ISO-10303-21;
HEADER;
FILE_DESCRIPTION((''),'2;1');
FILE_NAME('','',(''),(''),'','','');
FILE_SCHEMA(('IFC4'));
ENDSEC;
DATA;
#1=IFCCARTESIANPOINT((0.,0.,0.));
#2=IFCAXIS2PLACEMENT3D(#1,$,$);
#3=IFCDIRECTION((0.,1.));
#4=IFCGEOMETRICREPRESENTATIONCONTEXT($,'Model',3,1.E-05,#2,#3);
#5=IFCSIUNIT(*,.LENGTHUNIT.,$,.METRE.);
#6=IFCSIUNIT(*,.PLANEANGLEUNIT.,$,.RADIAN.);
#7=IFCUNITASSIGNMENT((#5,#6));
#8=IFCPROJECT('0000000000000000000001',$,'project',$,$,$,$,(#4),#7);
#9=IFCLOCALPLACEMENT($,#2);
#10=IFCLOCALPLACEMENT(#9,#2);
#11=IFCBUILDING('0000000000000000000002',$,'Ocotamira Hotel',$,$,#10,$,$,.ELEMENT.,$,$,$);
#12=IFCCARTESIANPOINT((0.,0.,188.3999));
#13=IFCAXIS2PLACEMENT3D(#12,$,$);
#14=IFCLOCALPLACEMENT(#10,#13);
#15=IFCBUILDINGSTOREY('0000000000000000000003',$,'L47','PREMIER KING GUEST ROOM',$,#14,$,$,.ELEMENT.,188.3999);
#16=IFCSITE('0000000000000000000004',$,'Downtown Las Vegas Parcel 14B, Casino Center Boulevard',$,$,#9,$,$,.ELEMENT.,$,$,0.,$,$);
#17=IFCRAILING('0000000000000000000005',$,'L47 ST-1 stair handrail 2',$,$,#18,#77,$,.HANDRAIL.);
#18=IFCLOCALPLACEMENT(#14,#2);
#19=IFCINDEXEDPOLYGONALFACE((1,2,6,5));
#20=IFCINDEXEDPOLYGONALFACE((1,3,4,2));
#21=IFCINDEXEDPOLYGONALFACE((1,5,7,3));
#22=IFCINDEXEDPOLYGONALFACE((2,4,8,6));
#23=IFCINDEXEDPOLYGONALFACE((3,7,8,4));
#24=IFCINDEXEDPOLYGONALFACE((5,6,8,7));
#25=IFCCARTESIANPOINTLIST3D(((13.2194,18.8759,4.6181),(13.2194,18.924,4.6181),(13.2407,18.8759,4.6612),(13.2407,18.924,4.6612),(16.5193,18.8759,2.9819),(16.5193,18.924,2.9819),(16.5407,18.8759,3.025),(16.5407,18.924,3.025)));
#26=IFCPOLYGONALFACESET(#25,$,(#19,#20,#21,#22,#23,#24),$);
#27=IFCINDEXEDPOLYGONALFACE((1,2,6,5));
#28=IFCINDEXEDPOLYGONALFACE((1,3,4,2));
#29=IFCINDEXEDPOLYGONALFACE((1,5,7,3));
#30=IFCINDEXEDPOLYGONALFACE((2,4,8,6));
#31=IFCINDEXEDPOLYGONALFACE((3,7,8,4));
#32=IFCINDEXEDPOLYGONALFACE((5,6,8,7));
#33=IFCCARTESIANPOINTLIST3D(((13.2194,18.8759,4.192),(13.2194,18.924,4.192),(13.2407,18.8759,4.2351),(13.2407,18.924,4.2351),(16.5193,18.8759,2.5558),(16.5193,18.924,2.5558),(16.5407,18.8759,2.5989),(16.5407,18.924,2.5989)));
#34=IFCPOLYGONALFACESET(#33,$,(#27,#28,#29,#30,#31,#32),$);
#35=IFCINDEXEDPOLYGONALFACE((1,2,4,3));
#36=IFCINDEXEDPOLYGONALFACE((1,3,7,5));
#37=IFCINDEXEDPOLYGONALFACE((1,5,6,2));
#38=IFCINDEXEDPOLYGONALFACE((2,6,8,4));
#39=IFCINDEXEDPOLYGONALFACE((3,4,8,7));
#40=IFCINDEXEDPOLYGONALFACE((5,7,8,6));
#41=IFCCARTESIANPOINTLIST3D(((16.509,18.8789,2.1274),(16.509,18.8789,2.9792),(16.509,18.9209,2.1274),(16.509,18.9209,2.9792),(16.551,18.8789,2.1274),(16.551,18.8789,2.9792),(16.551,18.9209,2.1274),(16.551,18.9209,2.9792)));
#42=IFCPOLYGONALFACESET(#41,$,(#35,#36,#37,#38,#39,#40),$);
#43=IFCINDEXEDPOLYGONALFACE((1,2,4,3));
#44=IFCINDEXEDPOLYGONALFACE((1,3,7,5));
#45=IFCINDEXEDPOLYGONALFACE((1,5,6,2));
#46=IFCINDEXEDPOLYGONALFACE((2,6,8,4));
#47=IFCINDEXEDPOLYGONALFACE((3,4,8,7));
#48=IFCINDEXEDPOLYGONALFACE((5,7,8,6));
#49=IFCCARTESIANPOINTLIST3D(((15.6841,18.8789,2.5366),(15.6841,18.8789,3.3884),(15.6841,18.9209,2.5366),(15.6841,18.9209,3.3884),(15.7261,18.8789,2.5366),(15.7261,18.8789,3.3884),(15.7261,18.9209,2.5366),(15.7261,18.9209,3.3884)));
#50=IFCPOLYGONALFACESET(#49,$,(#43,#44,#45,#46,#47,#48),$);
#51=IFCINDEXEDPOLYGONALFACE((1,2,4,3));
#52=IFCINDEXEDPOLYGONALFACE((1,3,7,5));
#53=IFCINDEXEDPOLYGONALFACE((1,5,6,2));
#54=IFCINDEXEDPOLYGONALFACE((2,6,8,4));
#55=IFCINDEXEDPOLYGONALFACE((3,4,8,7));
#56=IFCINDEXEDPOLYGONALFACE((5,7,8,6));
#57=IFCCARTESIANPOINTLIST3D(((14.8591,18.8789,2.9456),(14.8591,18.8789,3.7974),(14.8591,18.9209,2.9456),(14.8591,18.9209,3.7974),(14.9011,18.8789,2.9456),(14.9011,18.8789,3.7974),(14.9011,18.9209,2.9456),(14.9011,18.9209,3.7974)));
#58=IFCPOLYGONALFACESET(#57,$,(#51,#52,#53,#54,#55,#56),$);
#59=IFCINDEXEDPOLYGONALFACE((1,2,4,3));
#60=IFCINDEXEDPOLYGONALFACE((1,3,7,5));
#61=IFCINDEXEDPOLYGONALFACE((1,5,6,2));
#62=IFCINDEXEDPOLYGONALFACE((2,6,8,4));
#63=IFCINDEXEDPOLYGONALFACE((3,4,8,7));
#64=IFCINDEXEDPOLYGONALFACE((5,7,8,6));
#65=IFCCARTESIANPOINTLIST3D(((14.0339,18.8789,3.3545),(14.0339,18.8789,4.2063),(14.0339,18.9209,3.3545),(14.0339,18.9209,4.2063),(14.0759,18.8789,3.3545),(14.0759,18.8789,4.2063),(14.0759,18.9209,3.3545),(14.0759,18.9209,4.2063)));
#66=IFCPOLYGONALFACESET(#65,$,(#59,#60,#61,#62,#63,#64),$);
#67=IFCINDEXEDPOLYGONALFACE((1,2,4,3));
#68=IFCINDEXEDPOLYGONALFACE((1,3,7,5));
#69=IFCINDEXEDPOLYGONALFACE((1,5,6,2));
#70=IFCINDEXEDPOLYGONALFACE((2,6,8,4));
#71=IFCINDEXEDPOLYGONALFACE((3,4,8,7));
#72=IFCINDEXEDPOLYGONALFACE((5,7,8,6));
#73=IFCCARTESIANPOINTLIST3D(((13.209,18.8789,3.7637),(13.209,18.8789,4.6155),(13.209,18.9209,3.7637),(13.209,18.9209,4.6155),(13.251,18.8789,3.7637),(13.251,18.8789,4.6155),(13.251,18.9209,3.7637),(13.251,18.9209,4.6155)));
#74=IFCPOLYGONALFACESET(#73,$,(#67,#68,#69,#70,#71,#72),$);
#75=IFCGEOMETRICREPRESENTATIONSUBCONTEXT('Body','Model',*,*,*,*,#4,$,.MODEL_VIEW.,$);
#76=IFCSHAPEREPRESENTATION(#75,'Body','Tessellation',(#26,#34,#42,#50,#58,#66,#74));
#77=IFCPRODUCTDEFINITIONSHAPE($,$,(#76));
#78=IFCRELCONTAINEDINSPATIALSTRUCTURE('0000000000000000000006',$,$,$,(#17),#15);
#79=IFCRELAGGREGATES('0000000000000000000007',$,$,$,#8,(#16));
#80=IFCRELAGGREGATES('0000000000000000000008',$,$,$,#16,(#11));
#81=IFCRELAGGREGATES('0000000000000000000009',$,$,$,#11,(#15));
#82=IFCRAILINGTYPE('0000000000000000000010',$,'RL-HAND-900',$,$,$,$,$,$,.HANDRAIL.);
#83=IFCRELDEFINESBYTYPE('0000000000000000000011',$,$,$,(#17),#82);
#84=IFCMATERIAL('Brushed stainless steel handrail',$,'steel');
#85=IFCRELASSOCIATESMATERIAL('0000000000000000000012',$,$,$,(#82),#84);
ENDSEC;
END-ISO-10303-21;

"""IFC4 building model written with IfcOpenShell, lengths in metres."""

from ifc_helpers import new_model, si_unit, direction, frame, origin, origin_2d, place, context, subcontext, project, spatial, rectangle, extrude, material, type_object, element, save


model = new_model("IFC4")

# Units and contexts
model_context = context("Model", 3, precision=1e-05, world=origin(), true_north=direction((0.0, 1.0)))
body_context = subcontext(model_context, "Body", "Model", "MODEL_VIEW")
ifc_project = project(units=[si_unit("LENGTHUNIT", "METRE"), si_unit("PLANEANGLEUNIT", "RADIAN")], contexts=[model_context])

# Site, building, storey
site_placement = place(None, origin())
site = spatial("IfcSite", under=ifc_project, at=site_placement, Name="Downtown Las Vegas Parcel 14B, Casino Center Boulevard", CompositionType="ELEMENT", RefElevation=0.0)
building_placement = place(site_placement, origin())
building = spatial("IfcBuilding", under=site, at=building_placement, Name="Ocotamira Hotel", CompositionType="ELEMENT")
storey_placement = place(building_placement, frame((0.0, 0.0, 188.3999)))
storey = spatial("IfcBuildingStorey", under=building, at=storey_placement, Name="L47", Description="PREMIER KING GUEST ROOM", CompositionType="ELEMENT", Elevation=188.3999)

# Railing
ifc_material_1 = material(Name="Brushed stainless steel handrail", Category="steel")
railing_type = type_object("IfcRailingType", Name="RL-HAND-900", PredefinedType="HANDRAIL", material=ifc_material_1)
railing_placement = place(storey_placement, frame((16.53, 18.8999, 2.1274)))
element("IfcRailing", 1, at=railing_placement, inside=storey, type_object=railing_type, Name="L47 ST-1 stair handrail 2", PredefinedType="HANDRAIL", context=body_context, shape_type="SweptSolid", body=[
    extrude(rectangle(XDim=0.0481, YDim=0.0481, at=origin_2d()), frame((0.0, 0.0, 0.876), z_axis=(-0.89592, 0.0, 0.444215), x_axis=(0.0, -1.0, 0.0)), (0.0, 0.0, 1.0), 3.6833),
    extrude(rectangle(XDim=0.0481, YDim=0.0481, at=origin_2d()), frame((0.0, 0.0, 0.45), z_axis=(-0.89592, 0.0, 0.444215), x_axis=(0.0, -1.0, 0.0)), (0.0, 0.0, 1.0), 3.6833),
    extrude(rectangle(XDim=0.042, YDim=0.042, at=origin_2d()), origin(), (0.0, 0.0, 1.0), 0.8518),
    extrude(rectangle(XDim=0.042, YDim=0.042, at=origin_2d()), frame((-0.825, 0.0, 0.4092)), (0.0, 0.0, 1.0), 0.8518),
    extrude(rectangle(XDim=0.042, YDim=0.042, at=origin_2d()), frame((-1.6499, 0.0, 0.8181)), (0.0, 0.0, 1.0), 0.8518),
    extrude(rectangle(XDim=0.042, YDim=0.042, at=origin_2d()), frame((-2.4751, 0.0, 1.2271)), (0.0, 0.0, 1.0), 0.8518),
    extrude(rectangle(XDim=0.042, YDim=0.042, at=origin_2d()), frame((-3.3, 0.0, 1.6362)), (0.0, 0.0, 1.0), 0.8518),
])

save(model, "model.ifc")
